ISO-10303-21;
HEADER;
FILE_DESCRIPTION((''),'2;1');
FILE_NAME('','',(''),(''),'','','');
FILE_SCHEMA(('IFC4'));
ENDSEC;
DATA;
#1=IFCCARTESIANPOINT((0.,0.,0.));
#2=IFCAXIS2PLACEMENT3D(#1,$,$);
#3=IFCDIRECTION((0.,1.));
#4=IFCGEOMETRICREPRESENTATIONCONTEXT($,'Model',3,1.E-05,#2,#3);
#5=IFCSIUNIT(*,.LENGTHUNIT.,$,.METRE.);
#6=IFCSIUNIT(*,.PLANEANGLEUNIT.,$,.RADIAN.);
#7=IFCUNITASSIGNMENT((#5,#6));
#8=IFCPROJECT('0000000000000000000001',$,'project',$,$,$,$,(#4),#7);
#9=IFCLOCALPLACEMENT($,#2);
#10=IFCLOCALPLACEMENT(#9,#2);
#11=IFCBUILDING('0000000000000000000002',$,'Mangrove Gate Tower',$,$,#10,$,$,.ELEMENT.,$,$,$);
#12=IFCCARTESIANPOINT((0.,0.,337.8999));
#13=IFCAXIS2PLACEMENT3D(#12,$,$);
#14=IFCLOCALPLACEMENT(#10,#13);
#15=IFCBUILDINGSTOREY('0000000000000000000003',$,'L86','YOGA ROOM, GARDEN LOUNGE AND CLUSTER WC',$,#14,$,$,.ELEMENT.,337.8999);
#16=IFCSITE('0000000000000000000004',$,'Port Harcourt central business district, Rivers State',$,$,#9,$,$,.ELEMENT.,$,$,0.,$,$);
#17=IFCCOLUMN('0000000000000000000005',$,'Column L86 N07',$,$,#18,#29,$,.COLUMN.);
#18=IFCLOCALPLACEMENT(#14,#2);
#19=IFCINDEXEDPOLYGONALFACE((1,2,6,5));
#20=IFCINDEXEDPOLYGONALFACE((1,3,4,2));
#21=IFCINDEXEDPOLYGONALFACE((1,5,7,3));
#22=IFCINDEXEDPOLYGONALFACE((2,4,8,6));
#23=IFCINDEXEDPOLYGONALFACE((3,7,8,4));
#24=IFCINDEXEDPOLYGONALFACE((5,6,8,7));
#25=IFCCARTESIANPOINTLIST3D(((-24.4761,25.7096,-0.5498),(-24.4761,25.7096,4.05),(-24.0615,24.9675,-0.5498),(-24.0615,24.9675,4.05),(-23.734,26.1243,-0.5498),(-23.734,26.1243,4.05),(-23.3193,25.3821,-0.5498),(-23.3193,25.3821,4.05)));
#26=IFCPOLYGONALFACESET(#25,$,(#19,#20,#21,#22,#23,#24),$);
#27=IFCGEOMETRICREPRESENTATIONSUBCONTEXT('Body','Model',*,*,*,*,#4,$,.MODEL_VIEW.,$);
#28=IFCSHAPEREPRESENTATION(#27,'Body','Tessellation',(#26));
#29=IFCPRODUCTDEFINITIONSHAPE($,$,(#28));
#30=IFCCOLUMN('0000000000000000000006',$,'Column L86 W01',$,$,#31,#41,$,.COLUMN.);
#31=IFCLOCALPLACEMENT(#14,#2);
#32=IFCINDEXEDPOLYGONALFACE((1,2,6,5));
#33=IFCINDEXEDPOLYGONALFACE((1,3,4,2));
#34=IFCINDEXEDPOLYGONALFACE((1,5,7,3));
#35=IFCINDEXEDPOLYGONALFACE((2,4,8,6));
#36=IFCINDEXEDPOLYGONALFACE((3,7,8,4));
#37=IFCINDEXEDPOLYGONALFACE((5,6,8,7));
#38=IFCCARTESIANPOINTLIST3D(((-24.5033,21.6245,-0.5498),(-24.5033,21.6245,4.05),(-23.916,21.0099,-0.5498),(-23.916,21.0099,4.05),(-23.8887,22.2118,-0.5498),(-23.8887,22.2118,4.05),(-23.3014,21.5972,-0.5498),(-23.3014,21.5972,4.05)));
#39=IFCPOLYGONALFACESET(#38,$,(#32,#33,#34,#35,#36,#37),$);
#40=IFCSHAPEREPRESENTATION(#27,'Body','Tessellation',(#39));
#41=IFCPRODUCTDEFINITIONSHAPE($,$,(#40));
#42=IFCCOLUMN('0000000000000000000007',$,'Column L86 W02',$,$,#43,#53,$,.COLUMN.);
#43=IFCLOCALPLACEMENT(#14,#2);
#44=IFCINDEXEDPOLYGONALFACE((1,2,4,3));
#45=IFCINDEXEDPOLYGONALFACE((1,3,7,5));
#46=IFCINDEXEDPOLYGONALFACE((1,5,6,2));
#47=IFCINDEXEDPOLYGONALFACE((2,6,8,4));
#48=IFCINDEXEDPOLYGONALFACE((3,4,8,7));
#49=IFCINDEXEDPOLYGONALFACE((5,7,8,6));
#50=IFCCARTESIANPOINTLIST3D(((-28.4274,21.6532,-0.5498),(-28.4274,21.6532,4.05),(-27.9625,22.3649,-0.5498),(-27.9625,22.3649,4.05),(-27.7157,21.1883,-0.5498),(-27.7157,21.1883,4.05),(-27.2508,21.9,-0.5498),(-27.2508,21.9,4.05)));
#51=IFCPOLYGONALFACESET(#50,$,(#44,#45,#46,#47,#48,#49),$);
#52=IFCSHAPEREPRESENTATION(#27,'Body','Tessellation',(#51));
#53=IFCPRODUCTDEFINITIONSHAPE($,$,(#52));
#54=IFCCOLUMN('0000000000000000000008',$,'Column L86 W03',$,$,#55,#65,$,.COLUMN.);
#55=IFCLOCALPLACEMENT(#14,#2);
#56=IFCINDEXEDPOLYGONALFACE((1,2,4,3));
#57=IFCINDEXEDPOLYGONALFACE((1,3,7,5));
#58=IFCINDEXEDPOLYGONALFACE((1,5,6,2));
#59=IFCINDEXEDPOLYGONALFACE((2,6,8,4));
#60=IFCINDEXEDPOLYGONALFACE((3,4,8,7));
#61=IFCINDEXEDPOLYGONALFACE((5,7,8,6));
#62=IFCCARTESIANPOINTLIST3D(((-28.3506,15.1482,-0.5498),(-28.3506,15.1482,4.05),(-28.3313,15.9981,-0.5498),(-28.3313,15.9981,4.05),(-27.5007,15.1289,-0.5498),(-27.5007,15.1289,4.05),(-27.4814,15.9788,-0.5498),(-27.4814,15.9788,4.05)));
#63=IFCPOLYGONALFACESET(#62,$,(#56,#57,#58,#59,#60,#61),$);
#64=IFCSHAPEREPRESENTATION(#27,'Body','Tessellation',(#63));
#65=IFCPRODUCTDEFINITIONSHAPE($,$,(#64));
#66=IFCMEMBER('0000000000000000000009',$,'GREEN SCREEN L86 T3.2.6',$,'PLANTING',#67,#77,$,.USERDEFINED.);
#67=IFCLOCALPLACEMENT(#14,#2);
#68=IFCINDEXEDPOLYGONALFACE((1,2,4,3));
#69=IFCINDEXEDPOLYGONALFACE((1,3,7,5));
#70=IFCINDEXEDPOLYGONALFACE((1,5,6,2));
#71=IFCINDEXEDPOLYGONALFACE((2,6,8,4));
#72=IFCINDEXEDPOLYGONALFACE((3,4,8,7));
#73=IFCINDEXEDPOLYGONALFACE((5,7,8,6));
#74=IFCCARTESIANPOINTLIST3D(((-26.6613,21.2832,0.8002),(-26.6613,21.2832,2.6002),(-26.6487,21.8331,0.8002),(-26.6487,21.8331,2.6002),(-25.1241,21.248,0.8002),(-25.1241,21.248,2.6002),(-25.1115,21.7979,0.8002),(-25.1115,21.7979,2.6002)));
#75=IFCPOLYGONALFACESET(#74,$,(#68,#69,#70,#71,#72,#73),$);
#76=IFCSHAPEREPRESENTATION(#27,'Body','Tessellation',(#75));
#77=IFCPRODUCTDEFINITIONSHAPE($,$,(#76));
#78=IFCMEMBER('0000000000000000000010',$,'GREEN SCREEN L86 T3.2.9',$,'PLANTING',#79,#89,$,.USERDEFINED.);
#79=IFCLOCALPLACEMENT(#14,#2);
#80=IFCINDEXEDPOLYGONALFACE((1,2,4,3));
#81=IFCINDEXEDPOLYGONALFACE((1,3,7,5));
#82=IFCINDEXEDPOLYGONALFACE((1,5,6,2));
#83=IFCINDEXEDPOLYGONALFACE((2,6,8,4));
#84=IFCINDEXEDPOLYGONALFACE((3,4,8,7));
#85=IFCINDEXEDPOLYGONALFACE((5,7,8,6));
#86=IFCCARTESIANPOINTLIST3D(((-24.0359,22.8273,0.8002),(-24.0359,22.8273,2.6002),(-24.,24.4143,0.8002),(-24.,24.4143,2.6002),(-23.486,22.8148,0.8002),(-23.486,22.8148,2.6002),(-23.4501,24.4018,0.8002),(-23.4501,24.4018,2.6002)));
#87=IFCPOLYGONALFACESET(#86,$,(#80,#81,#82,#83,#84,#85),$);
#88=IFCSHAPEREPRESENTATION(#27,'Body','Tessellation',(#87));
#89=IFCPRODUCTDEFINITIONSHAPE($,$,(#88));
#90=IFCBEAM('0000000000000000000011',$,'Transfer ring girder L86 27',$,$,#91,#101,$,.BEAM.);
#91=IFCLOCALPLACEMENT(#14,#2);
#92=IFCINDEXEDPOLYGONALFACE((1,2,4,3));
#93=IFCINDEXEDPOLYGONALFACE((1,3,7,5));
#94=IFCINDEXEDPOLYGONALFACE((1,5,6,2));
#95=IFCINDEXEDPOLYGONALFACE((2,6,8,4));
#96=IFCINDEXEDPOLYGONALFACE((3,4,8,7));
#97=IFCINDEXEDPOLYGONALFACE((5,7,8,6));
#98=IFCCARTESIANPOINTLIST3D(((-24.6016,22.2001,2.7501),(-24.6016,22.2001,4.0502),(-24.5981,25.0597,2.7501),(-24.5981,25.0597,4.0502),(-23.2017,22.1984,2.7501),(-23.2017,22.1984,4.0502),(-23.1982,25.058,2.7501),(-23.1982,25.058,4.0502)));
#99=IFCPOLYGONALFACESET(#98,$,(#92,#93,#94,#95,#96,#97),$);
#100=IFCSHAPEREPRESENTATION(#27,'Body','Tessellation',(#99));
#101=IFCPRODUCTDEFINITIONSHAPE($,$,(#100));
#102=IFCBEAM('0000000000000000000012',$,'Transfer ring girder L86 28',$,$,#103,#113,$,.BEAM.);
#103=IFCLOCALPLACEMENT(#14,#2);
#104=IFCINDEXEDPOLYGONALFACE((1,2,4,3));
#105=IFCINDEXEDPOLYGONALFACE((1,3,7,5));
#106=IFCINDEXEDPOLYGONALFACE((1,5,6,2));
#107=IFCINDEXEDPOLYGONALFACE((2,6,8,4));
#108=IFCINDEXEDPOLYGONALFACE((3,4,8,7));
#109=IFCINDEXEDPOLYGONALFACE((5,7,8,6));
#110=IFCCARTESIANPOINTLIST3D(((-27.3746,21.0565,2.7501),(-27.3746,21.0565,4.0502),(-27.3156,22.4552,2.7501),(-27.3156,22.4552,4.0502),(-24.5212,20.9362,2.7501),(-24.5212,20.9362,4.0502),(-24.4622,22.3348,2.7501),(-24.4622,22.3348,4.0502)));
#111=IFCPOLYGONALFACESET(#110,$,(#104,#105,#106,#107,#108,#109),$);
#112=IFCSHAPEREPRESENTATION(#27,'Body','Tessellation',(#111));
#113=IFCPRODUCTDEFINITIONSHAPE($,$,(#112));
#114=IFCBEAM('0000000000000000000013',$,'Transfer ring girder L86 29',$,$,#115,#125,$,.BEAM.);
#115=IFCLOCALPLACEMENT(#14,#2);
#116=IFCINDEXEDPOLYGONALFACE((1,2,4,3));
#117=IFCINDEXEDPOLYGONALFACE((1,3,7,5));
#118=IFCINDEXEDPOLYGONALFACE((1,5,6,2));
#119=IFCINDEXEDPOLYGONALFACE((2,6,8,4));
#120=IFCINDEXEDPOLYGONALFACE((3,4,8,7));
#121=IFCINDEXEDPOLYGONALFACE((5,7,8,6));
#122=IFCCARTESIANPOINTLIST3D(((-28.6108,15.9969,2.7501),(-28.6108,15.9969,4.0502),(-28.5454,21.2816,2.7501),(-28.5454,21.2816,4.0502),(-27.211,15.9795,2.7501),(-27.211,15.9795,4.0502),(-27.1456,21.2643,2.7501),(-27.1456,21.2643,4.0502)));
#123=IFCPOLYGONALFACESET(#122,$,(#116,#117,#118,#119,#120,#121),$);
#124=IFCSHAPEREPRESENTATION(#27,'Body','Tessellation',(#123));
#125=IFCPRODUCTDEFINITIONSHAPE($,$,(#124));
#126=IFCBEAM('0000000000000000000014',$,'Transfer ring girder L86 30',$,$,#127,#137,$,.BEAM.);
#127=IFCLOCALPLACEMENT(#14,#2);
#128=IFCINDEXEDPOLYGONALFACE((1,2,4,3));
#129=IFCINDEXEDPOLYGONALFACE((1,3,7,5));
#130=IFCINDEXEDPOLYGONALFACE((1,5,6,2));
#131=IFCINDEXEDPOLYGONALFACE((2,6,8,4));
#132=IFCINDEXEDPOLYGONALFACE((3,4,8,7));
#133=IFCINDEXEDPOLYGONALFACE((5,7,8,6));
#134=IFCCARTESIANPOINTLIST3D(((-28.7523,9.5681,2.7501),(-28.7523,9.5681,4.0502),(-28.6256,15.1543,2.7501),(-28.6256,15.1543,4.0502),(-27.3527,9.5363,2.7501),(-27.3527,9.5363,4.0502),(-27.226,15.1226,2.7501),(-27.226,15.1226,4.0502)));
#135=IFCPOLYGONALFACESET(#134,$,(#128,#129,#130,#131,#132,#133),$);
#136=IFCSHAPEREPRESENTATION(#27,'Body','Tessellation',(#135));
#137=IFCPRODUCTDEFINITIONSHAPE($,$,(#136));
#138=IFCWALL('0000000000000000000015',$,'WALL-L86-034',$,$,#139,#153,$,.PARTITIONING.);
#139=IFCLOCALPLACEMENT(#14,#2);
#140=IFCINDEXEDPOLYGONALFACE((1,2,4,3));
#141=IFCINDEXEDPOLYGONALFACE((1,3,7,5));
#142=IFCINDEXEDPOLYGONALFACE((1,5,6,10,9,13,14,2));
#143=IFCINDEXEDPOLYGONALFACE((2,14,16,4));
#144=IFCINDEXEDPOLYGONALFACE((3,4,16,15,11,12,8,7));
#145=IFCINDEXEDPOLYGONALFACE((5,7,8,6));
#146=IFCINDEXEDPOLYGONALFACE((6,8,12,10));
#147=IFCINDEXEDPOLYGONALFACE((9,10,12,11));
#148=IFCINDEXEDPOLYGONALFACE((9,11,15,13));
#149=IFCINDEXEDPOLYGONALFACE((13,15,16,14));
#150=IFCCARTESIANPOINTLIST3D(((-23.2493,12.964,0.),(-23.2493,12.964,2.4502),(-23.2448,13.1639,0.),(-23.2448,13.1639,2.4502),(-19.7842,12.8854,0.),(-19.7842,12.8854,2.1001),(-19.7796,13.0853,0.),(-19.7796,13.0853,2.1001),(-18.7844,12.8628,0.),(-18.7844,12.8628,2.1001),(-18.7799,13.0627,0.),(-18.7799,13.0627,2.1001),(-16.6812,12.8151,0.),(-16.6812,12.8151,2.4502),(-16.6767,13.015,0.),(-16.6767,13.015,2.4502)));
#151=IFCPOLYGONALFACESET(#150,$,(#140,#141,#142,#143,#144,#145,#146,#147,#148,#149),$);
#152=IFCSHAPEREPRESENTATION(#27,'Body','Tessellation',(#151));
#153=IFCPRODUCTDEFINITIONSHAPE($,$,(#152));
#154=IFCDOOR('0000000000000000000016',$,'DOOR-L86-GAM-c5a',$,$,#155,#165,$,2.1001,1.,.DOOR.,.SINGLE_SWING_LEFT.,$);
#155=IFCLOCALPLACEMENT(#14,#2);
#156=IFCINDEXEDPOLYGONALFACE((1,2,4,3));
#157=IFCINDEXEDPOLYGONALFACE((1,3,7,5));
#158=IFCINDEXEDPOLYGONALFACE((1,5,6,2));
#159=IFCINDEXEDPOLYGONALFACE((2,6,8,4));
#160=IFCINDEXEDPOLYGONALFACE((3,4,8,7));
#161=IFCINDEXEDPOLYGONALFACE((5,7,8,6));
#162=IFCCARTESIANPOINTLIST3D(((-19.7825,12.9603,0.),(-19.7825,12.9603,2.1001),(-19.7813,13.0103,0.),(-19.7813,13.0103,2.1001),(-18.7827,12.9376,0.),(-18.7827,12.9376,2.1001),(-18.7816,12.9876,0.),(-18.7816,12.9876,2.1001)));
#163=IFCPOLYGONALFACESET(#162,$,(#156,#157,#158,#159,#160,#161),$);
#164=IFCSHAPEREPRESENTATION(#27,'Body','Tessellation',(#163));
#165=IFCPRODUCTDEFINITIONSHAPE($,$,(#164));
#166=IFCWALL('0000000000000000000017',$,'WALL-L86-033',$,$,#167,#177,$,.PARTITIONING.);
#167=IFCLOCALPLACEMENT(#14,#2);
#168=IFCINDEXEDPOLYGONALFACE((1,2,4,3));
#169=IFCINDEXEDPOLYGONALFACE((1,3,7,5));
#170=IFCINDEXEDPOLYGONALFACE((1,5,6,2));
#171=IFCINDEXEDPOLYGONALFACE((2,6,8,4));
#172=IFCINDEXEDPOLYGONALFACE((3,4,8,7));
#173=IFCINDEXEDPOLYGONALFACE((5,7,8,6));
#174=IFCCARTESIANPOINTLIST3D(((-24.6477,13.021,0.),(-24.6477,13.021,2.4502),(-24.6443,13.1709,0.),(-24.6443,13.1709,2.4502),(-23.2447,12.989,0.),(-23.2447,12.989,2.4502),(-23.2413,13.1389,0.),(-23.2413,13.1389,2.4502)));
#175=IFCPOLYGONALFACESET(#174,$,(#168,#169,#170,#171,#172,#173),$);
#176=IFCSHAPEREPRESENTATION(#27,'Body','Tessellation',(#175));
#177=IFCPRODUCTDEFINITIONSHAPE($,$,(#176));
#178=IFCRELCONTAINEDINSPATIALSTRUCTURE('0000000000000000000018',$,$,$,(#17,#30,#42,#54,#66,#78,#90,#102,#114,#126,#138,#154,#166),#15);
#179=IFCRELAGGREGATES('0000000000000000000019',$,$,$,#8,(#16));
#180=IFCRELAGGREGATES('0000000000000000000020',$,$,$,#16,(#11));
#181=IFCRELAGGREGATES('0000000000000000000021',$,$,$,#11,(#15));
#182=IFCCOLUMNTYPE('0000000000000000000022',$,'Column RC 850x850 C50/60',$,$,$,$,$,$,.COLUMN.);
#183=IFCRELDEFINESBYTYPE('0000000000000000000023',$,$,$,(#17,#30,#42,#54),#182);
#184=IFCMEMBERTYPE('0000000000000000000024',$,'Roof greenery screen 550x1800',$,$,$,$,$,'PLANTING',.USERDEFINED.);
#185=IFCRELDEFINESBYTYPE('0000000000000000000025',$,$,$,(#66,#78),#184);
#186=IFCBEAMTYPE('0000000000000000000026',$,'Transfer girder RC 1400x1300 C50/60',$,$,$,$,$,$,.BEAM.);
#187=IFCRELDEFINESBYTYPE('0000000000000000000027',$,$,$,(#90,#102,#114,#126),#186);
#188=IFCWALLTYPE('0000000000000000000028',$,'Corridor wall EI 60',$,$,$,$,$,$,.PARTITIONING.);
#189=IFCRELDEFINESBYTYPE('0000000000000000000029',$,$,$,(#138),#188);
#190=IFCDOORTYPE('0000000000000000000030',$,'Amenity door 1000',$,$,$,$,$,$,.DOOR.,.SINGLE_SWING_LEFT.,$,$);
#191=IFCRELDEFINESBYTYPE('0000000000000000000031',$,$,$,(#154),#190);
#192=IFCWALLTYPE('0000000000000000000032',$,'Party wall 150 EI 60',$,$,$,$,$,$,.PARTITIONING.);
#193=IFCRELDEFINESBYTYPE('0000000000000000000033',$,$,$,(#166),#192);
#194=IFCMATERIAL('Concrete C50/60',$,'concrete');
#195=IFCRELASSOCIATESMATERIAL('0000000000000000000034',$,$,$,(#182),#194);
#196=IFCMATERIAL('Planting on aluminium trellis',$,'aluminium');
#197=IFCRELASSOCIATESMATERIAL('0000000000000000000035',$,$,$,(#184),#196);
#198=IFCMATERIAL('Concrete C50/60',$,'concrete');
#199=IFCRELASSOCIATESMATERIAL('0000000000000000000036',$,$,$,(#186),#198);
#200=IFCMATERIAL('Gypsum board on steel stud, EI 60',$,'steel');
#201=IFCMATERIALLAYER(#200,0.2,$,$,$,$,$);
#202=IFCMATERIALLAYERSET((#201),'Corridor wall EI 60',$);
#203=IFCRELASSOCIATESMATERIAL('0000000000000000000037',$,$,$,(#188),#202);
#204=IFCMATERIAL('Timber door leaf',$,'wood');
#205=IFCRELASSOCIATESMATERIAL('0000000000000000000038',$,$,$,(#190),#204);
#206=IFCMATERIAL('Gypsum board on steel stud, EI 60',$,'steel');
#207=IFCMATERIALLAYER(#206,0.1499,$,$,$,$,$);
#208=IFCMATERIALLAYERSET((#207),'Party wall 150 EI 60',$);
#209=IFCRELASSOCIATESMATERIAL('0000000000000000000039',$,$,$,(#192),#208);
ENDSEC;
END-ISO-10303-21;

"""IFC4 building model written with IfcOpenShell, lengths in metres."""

from ifc_helpers import new_model, si_unit, direction, frame, frame_2d, origin, origin_2d, place, context, subcontext, project, spatial, rectangle, extrude, material, layer, layer_set, material_profile, profile_set, type_object, element, fill, save


model = new_model("IFC4")

# Units and contexts
model_context = context("Model", 3, precision=1e-05, world=origin(), true_north=direction((0.0, 1.0)))
body_context = subcontext(model_context, "Body", "Model", "MODEL_VIEW")
ifc_project = project(units=[si_unit("LENGTHUNIT", "METRE"), si_unit("PLANEANGLEUNIT", "RADIAN")], contexts=[model_context])

# Site, building, storey
site_placement = place(None, origin())
site = spatial("IfcSite", under=ifc_project, at=site_placement, Name="Port Harcourt central business district, Rivers State", CompositionType="ELEMENT", RefElevation=0.0)
building_placement = place(site_placement, origin())
building = spatial("IfcBuilding", under=site, at=building_placement, Name="Mangrove Gate Tower", CompositionType="ELEMENT")
storey_placement = place(building_placement, frame((0.0, 0.0, 337.8999)))
storey = spatial("IfcBuildingStorey", under=building, at=storey_placement, Name="L86", Description="YOGA ROOM, GARDEN LOUNGE AND CLUSTER WC", CompositionType="ELEMENT", Elevation=337.8999)

# Columns
ifc_material_1 = material(Name="Concrete C50/60", Category="concrete")
ifc_material_profile_1 = material_profile(ifc_material_1, rectangle(XDim=0.8501, YDim=0.8501, at=origin_2d()))
ifc_profile_set_1 = profile_set([ifc_material_profile_1], Name="Concrete C50/60")
column_type = type_object("IfcColumnType", Name="Column RC 850x850 C50/60", PredefinedType="COLUMN", material=ifc_profile_set_1)
for number, where, z_axis, x_axis, name in (
    (1, (-23.8977, 25.5459, -0.5498), (0.0, 0.0, 1.0), (-0.872988, -0.487742, 0.0), "Column L86 N07"),
    (2, (-23.9023, 21.6108, -0.5498), (0.0, 0.0, 1.0), (-0.72301, -0.690837, 0.0), "Column L86 W01"),
    (3, (-27.8391, 21.7766, -0.5498), (0.0, 0.0, 1.0), (-0.546912, -0.83719, 0.0), "Column L86 W02"),
    (4, (-27.916, 15.5635, -0.5498), (0.0, 0.0, 1.0), (-0.022679, -0.999743, 0.0), "Column L86 W03"),
):
    element("IfcColumn", number, at=place(storey_placement, frame(where, z_axis=z_axis, x_axis=x_axis)), inside=storey, type_object=column_type, Name=name, PredefinedType="COLUMN", context=body_context, shape_type="SweptSolid", body=[
        extrude(rectangle(XDim=0.8501, YDim=0.8501, at=origin_2d()), origin(), (0.0, 0.0, 1.0), 4.5999),
    ])

# Members
ifc_material_2 = material(Name="Planting on aluminium trellis", Category="aluminium")
ifc_material_profile_2 = material_profile(ifc_material_2, rectangle(XDim=0.55, YDim=1.8, at=origin_2d()))
ifc_profile_set_2 = profile_set([ifc_material_profile_2], Name="Planting on aluminium trellis")
member_type = type_object("IfcMemberType", Name="Roof greenery screen 550x1800", ElementType="PLANTING", PredefinedType="USERDEFINED", material=ifc_profile_set_2)
member_1_placement = place(storey_placement, frame((-26.655, 21.5581, 1.7002), z_axis=(0.999739, -0.022866, 0.0), x_axis=(0.022866, 0.999739, 0.0)))
element("IfcMember", 5, at=member_1_placement, inside=storey, type_object=member_type, Name="GREEN SCREEN L86 T3.2.6", ObjectType="PLANTING", PredefinedType="USERDEFINED", context=body_context, shape_type="SweptSolid", body=[
    extrude(rectangle(XDim=0.55, YDim=1.8, at=origin_2d()), origin(), (0.0, 0.0, 1.0), 1.5376),
])
member_2_placement = place(storey_placement, frame((-23.761, 22.821, 1.7002), z_axis=(0.02261, 0.999744, 0.0), x_axis=(-0.999744, 0.02261, 0.0)))
element("IfcMember", 6, at=member_2_placement, inside=storey, type_object=member_type, Name="GREEN SCREEN L86 T3.2.9", ObjectType="PLANTING", PredefinedType="USERDEFINED", context=body_context, shape_type="SweptSolid", body=[
    extrude(rectangle(XDim=0.55, YDim=1.8, at=origin_2d()), origin(), (0.0, 0.0, 1.0), 1.5874),
])

# Beams
ifc_material_3 = material(Name="Concrete C50/60", Category="concrete")
ifc_material_profile_3 = material_profile(ifc_material_3, rectangle(XDim=1.3999, YDim=1.3, at=origin_2d()))
ifc_profile_set_3 = profile_set([ifc_material_profile_3], Name="Concrete C50/60")
beam_type = type_object("IfcBeamType", Name="Transfer girder RC 1400x1300 C50/60", PredefinedType="BEAM", material=ifc_profile_set_3)
beam_1_placement = place(storey_placement, frame((-23.8982, 25.0588, 3.4001), z_axis=(-0.001195, -0.999999, 0.0), x_axis=(0.999999, -0.001195, 0.0)))
element("IfcBeam", 7, at=beam_1_placement, inside=storey, type_object=beam_type, Name="Transfer ring girder L86 27", PredefinedType="BEAM", context=body_context, shape_type="SweptSolid", body=[
    extrude(rectangle(XDim=1.3999, YDim=1.3, at=origin_2d()), origin(), (0.0, 0.0, 1.0), 2.8596),
])
beam_2_placement = place(storey_placement, frame((-24.4917, 21.6355, 3.4001), z_axis=(-0.999112, 0.042143, 0.0), x_axis=(-0.042143, -0.999112, 0.0)))
element("IfcBeam", 8, at=beam_2_placement, inside=storey, type_object=beam_type, Name="Transfer ring girder L86 28", PredefinedType="BEAM", context=body_context, shape_type="SweptSolid", body=[
    extrude(rectangle(XDim=1.3999, YDim=1.3, at=origin_2d()), origin(), (0.0, 0.0, 1.0), 2.856),
])
beam_3_placement = place(storey_placement, frame((-27.8455, 21.2729, 3.4001), z_axis=(-0.01238, -0.999923, 0.0), x_axis=(0.999923, -0.01238, 0.0)))
element("IfcBeam", 9, at=beam_3_placement, inside=storey, type_object=beam_type, Name="Transfer ring girder L86 29", PredefinedType="BEAM", context=body_context, shape_type="SweptSolid", body=[
    extrude(rectangle(XDim=1.3999, YDim=1.3, at=origin_2d()), origin(), (0.0, 0.0, 1.0), 5.2852),
])
beam_4_placement = place(storey_placement, frame((-27.9258, 15.1384, 3.4001), z_axis=(-0.022677, -0.999743, 0.0), x_axis=(0.999743, -0.022677, 0.0)))
element("IfcBeam", 10, at=beam_4_placement, inside=storey, type_object=beam_type, Name="Transfer ring girder L86 30", PredefinedType="BEAM", context=body_context, shape_type="SweptSolid", body=[
    extrude(rectangle(XDim=1.3999, YDim=1.3, at=origin_2d()), origin(), (0.0, 0.0, 1.0), 5.5876),
])

# Wall, opening, door
ifc_material_4 = material(Name="Gypsum board on steel stud, EI 60", Category="steel")
ifc_layer_1 = layer(ifc_material_4, 0.2)
ifc_layer_set_1 = layer_set([ifc_layer_1], Name="Corridor wall EI 60")
wall_type_1 = type_object("IfcWallType", Name="Corridor wall EI 60", PredefinedType="PARTITIONING", material=ifc_layer_set_1)
wall_1_placement = place(storey_placement, frame((-23.2471, 13.064, 0.0), z_axis=(0.0, 0.0, 1.0), x_axis=(0.999743, -0.022668, 0.0)))
wall_1 = element("IfcWall", 11, at=wall_1_placement, inside=storey, type_object=wall_type_1, Name="WALL-L86-034", PredefinedType="PARTITIONING", context=body_context, shape_type="SweptSolid", body=[
    extrude(rectangle(XDim=6.5698, YDim=0.2, at=frame_2d((3.2849, 0.0))), origin(), (0.0, 0.0, 1.0), 2.4502),
])
opening_1_placement = place(wall_1_placement, frame((3.4661, 0.0, 0.0)))
opening_1 = element("IfcOpeningElement", 12, at=opening_1_placement, cuts=wall_1, PredefinedType="OPENING", context=body_context, shape_type="SweptSolid", body=[
    extrude(rectangle(XDim=1.0, YDim=2.1001, at=frame_2d((0.5, 1.05))), frame((0.0, 0.1099, 0.0), z_axis=(0.0, -1.0, 0.0), x_axis=(1.0, 0.0, 0.0)), (0.0, 0.0, 1.0), 0.22),
])
ifc_material_5 = material(Name="Timber door leaf", Category="wood")
door_type_1 = type_object("IfcDoorType", Name="Amenity door 1000", OperationType="SINGLE_SWING_LEFT", PredefinedType="DOOR", material=ifc_material_5)
door_1_placement = place(opening_1_placement, origin())
door_1 = element("IfcDoor", 13, at=door_1_placement, inside=storey, type_object=door_type_1, Name="DOOR-L86-GAM-c5a", OperationType="SINGLE_SWING_LEFT", OverallHeight=2.1001, OverallWidth=1.0, PredefinedType="DOOR", context=body_context, shape_type="SweptSolid", body=[
    extrude(rectangle(XDim=1.0, YDim=2.1001, at=frame_2d((0.5, 1.05))), frame((0.0, 0.0249, 0.0), z_axis=(0.0, -1.0, 0.0), x_axis=(1.0, 0.0, 0.0)), (0.0, 0.0, 1.0), 0.05),
])
fill(opening_1, door_1)

# Wall
ifc_material_6 = material(Name="Gypsum board on steel stud, EI 60", Category="steel")
ifc_layer_2 = layer(ifc_material_6, 0.1499)
ifc_layer_set_2 = layer_set([ifc_layer_2], Name="Party wall 150 EI 60")
wall_type_2 = type_object("IfcWallType", Name="Party wall 150 EI 60", PredefinedType="PARTITIONING", material=ifc_layer_set_2)
wall_2_placement = place(storey_placement, frame((-24.646, 13.0959, 0.0), z_axis=(0.0, 0.0, 1.0), x_axis=(0.99974, -0.022789, 0.0)))
element("IfcWall", 14, at=wall_2_placement, inside=storey, type_object=wall_type_2, Name="WALL-L86-033", PredefinedType="PARTITIONING", context=body_context, shape_type="SweptSolid", body=[
    extrude(rectangle(XDim=1.4033, YDim=0.1499, at=frame_2d((0.7017, 0.0))), origin(), (0.0, 0.0, 1.0), 2.4502),
])

save(model, "model.ifc")
